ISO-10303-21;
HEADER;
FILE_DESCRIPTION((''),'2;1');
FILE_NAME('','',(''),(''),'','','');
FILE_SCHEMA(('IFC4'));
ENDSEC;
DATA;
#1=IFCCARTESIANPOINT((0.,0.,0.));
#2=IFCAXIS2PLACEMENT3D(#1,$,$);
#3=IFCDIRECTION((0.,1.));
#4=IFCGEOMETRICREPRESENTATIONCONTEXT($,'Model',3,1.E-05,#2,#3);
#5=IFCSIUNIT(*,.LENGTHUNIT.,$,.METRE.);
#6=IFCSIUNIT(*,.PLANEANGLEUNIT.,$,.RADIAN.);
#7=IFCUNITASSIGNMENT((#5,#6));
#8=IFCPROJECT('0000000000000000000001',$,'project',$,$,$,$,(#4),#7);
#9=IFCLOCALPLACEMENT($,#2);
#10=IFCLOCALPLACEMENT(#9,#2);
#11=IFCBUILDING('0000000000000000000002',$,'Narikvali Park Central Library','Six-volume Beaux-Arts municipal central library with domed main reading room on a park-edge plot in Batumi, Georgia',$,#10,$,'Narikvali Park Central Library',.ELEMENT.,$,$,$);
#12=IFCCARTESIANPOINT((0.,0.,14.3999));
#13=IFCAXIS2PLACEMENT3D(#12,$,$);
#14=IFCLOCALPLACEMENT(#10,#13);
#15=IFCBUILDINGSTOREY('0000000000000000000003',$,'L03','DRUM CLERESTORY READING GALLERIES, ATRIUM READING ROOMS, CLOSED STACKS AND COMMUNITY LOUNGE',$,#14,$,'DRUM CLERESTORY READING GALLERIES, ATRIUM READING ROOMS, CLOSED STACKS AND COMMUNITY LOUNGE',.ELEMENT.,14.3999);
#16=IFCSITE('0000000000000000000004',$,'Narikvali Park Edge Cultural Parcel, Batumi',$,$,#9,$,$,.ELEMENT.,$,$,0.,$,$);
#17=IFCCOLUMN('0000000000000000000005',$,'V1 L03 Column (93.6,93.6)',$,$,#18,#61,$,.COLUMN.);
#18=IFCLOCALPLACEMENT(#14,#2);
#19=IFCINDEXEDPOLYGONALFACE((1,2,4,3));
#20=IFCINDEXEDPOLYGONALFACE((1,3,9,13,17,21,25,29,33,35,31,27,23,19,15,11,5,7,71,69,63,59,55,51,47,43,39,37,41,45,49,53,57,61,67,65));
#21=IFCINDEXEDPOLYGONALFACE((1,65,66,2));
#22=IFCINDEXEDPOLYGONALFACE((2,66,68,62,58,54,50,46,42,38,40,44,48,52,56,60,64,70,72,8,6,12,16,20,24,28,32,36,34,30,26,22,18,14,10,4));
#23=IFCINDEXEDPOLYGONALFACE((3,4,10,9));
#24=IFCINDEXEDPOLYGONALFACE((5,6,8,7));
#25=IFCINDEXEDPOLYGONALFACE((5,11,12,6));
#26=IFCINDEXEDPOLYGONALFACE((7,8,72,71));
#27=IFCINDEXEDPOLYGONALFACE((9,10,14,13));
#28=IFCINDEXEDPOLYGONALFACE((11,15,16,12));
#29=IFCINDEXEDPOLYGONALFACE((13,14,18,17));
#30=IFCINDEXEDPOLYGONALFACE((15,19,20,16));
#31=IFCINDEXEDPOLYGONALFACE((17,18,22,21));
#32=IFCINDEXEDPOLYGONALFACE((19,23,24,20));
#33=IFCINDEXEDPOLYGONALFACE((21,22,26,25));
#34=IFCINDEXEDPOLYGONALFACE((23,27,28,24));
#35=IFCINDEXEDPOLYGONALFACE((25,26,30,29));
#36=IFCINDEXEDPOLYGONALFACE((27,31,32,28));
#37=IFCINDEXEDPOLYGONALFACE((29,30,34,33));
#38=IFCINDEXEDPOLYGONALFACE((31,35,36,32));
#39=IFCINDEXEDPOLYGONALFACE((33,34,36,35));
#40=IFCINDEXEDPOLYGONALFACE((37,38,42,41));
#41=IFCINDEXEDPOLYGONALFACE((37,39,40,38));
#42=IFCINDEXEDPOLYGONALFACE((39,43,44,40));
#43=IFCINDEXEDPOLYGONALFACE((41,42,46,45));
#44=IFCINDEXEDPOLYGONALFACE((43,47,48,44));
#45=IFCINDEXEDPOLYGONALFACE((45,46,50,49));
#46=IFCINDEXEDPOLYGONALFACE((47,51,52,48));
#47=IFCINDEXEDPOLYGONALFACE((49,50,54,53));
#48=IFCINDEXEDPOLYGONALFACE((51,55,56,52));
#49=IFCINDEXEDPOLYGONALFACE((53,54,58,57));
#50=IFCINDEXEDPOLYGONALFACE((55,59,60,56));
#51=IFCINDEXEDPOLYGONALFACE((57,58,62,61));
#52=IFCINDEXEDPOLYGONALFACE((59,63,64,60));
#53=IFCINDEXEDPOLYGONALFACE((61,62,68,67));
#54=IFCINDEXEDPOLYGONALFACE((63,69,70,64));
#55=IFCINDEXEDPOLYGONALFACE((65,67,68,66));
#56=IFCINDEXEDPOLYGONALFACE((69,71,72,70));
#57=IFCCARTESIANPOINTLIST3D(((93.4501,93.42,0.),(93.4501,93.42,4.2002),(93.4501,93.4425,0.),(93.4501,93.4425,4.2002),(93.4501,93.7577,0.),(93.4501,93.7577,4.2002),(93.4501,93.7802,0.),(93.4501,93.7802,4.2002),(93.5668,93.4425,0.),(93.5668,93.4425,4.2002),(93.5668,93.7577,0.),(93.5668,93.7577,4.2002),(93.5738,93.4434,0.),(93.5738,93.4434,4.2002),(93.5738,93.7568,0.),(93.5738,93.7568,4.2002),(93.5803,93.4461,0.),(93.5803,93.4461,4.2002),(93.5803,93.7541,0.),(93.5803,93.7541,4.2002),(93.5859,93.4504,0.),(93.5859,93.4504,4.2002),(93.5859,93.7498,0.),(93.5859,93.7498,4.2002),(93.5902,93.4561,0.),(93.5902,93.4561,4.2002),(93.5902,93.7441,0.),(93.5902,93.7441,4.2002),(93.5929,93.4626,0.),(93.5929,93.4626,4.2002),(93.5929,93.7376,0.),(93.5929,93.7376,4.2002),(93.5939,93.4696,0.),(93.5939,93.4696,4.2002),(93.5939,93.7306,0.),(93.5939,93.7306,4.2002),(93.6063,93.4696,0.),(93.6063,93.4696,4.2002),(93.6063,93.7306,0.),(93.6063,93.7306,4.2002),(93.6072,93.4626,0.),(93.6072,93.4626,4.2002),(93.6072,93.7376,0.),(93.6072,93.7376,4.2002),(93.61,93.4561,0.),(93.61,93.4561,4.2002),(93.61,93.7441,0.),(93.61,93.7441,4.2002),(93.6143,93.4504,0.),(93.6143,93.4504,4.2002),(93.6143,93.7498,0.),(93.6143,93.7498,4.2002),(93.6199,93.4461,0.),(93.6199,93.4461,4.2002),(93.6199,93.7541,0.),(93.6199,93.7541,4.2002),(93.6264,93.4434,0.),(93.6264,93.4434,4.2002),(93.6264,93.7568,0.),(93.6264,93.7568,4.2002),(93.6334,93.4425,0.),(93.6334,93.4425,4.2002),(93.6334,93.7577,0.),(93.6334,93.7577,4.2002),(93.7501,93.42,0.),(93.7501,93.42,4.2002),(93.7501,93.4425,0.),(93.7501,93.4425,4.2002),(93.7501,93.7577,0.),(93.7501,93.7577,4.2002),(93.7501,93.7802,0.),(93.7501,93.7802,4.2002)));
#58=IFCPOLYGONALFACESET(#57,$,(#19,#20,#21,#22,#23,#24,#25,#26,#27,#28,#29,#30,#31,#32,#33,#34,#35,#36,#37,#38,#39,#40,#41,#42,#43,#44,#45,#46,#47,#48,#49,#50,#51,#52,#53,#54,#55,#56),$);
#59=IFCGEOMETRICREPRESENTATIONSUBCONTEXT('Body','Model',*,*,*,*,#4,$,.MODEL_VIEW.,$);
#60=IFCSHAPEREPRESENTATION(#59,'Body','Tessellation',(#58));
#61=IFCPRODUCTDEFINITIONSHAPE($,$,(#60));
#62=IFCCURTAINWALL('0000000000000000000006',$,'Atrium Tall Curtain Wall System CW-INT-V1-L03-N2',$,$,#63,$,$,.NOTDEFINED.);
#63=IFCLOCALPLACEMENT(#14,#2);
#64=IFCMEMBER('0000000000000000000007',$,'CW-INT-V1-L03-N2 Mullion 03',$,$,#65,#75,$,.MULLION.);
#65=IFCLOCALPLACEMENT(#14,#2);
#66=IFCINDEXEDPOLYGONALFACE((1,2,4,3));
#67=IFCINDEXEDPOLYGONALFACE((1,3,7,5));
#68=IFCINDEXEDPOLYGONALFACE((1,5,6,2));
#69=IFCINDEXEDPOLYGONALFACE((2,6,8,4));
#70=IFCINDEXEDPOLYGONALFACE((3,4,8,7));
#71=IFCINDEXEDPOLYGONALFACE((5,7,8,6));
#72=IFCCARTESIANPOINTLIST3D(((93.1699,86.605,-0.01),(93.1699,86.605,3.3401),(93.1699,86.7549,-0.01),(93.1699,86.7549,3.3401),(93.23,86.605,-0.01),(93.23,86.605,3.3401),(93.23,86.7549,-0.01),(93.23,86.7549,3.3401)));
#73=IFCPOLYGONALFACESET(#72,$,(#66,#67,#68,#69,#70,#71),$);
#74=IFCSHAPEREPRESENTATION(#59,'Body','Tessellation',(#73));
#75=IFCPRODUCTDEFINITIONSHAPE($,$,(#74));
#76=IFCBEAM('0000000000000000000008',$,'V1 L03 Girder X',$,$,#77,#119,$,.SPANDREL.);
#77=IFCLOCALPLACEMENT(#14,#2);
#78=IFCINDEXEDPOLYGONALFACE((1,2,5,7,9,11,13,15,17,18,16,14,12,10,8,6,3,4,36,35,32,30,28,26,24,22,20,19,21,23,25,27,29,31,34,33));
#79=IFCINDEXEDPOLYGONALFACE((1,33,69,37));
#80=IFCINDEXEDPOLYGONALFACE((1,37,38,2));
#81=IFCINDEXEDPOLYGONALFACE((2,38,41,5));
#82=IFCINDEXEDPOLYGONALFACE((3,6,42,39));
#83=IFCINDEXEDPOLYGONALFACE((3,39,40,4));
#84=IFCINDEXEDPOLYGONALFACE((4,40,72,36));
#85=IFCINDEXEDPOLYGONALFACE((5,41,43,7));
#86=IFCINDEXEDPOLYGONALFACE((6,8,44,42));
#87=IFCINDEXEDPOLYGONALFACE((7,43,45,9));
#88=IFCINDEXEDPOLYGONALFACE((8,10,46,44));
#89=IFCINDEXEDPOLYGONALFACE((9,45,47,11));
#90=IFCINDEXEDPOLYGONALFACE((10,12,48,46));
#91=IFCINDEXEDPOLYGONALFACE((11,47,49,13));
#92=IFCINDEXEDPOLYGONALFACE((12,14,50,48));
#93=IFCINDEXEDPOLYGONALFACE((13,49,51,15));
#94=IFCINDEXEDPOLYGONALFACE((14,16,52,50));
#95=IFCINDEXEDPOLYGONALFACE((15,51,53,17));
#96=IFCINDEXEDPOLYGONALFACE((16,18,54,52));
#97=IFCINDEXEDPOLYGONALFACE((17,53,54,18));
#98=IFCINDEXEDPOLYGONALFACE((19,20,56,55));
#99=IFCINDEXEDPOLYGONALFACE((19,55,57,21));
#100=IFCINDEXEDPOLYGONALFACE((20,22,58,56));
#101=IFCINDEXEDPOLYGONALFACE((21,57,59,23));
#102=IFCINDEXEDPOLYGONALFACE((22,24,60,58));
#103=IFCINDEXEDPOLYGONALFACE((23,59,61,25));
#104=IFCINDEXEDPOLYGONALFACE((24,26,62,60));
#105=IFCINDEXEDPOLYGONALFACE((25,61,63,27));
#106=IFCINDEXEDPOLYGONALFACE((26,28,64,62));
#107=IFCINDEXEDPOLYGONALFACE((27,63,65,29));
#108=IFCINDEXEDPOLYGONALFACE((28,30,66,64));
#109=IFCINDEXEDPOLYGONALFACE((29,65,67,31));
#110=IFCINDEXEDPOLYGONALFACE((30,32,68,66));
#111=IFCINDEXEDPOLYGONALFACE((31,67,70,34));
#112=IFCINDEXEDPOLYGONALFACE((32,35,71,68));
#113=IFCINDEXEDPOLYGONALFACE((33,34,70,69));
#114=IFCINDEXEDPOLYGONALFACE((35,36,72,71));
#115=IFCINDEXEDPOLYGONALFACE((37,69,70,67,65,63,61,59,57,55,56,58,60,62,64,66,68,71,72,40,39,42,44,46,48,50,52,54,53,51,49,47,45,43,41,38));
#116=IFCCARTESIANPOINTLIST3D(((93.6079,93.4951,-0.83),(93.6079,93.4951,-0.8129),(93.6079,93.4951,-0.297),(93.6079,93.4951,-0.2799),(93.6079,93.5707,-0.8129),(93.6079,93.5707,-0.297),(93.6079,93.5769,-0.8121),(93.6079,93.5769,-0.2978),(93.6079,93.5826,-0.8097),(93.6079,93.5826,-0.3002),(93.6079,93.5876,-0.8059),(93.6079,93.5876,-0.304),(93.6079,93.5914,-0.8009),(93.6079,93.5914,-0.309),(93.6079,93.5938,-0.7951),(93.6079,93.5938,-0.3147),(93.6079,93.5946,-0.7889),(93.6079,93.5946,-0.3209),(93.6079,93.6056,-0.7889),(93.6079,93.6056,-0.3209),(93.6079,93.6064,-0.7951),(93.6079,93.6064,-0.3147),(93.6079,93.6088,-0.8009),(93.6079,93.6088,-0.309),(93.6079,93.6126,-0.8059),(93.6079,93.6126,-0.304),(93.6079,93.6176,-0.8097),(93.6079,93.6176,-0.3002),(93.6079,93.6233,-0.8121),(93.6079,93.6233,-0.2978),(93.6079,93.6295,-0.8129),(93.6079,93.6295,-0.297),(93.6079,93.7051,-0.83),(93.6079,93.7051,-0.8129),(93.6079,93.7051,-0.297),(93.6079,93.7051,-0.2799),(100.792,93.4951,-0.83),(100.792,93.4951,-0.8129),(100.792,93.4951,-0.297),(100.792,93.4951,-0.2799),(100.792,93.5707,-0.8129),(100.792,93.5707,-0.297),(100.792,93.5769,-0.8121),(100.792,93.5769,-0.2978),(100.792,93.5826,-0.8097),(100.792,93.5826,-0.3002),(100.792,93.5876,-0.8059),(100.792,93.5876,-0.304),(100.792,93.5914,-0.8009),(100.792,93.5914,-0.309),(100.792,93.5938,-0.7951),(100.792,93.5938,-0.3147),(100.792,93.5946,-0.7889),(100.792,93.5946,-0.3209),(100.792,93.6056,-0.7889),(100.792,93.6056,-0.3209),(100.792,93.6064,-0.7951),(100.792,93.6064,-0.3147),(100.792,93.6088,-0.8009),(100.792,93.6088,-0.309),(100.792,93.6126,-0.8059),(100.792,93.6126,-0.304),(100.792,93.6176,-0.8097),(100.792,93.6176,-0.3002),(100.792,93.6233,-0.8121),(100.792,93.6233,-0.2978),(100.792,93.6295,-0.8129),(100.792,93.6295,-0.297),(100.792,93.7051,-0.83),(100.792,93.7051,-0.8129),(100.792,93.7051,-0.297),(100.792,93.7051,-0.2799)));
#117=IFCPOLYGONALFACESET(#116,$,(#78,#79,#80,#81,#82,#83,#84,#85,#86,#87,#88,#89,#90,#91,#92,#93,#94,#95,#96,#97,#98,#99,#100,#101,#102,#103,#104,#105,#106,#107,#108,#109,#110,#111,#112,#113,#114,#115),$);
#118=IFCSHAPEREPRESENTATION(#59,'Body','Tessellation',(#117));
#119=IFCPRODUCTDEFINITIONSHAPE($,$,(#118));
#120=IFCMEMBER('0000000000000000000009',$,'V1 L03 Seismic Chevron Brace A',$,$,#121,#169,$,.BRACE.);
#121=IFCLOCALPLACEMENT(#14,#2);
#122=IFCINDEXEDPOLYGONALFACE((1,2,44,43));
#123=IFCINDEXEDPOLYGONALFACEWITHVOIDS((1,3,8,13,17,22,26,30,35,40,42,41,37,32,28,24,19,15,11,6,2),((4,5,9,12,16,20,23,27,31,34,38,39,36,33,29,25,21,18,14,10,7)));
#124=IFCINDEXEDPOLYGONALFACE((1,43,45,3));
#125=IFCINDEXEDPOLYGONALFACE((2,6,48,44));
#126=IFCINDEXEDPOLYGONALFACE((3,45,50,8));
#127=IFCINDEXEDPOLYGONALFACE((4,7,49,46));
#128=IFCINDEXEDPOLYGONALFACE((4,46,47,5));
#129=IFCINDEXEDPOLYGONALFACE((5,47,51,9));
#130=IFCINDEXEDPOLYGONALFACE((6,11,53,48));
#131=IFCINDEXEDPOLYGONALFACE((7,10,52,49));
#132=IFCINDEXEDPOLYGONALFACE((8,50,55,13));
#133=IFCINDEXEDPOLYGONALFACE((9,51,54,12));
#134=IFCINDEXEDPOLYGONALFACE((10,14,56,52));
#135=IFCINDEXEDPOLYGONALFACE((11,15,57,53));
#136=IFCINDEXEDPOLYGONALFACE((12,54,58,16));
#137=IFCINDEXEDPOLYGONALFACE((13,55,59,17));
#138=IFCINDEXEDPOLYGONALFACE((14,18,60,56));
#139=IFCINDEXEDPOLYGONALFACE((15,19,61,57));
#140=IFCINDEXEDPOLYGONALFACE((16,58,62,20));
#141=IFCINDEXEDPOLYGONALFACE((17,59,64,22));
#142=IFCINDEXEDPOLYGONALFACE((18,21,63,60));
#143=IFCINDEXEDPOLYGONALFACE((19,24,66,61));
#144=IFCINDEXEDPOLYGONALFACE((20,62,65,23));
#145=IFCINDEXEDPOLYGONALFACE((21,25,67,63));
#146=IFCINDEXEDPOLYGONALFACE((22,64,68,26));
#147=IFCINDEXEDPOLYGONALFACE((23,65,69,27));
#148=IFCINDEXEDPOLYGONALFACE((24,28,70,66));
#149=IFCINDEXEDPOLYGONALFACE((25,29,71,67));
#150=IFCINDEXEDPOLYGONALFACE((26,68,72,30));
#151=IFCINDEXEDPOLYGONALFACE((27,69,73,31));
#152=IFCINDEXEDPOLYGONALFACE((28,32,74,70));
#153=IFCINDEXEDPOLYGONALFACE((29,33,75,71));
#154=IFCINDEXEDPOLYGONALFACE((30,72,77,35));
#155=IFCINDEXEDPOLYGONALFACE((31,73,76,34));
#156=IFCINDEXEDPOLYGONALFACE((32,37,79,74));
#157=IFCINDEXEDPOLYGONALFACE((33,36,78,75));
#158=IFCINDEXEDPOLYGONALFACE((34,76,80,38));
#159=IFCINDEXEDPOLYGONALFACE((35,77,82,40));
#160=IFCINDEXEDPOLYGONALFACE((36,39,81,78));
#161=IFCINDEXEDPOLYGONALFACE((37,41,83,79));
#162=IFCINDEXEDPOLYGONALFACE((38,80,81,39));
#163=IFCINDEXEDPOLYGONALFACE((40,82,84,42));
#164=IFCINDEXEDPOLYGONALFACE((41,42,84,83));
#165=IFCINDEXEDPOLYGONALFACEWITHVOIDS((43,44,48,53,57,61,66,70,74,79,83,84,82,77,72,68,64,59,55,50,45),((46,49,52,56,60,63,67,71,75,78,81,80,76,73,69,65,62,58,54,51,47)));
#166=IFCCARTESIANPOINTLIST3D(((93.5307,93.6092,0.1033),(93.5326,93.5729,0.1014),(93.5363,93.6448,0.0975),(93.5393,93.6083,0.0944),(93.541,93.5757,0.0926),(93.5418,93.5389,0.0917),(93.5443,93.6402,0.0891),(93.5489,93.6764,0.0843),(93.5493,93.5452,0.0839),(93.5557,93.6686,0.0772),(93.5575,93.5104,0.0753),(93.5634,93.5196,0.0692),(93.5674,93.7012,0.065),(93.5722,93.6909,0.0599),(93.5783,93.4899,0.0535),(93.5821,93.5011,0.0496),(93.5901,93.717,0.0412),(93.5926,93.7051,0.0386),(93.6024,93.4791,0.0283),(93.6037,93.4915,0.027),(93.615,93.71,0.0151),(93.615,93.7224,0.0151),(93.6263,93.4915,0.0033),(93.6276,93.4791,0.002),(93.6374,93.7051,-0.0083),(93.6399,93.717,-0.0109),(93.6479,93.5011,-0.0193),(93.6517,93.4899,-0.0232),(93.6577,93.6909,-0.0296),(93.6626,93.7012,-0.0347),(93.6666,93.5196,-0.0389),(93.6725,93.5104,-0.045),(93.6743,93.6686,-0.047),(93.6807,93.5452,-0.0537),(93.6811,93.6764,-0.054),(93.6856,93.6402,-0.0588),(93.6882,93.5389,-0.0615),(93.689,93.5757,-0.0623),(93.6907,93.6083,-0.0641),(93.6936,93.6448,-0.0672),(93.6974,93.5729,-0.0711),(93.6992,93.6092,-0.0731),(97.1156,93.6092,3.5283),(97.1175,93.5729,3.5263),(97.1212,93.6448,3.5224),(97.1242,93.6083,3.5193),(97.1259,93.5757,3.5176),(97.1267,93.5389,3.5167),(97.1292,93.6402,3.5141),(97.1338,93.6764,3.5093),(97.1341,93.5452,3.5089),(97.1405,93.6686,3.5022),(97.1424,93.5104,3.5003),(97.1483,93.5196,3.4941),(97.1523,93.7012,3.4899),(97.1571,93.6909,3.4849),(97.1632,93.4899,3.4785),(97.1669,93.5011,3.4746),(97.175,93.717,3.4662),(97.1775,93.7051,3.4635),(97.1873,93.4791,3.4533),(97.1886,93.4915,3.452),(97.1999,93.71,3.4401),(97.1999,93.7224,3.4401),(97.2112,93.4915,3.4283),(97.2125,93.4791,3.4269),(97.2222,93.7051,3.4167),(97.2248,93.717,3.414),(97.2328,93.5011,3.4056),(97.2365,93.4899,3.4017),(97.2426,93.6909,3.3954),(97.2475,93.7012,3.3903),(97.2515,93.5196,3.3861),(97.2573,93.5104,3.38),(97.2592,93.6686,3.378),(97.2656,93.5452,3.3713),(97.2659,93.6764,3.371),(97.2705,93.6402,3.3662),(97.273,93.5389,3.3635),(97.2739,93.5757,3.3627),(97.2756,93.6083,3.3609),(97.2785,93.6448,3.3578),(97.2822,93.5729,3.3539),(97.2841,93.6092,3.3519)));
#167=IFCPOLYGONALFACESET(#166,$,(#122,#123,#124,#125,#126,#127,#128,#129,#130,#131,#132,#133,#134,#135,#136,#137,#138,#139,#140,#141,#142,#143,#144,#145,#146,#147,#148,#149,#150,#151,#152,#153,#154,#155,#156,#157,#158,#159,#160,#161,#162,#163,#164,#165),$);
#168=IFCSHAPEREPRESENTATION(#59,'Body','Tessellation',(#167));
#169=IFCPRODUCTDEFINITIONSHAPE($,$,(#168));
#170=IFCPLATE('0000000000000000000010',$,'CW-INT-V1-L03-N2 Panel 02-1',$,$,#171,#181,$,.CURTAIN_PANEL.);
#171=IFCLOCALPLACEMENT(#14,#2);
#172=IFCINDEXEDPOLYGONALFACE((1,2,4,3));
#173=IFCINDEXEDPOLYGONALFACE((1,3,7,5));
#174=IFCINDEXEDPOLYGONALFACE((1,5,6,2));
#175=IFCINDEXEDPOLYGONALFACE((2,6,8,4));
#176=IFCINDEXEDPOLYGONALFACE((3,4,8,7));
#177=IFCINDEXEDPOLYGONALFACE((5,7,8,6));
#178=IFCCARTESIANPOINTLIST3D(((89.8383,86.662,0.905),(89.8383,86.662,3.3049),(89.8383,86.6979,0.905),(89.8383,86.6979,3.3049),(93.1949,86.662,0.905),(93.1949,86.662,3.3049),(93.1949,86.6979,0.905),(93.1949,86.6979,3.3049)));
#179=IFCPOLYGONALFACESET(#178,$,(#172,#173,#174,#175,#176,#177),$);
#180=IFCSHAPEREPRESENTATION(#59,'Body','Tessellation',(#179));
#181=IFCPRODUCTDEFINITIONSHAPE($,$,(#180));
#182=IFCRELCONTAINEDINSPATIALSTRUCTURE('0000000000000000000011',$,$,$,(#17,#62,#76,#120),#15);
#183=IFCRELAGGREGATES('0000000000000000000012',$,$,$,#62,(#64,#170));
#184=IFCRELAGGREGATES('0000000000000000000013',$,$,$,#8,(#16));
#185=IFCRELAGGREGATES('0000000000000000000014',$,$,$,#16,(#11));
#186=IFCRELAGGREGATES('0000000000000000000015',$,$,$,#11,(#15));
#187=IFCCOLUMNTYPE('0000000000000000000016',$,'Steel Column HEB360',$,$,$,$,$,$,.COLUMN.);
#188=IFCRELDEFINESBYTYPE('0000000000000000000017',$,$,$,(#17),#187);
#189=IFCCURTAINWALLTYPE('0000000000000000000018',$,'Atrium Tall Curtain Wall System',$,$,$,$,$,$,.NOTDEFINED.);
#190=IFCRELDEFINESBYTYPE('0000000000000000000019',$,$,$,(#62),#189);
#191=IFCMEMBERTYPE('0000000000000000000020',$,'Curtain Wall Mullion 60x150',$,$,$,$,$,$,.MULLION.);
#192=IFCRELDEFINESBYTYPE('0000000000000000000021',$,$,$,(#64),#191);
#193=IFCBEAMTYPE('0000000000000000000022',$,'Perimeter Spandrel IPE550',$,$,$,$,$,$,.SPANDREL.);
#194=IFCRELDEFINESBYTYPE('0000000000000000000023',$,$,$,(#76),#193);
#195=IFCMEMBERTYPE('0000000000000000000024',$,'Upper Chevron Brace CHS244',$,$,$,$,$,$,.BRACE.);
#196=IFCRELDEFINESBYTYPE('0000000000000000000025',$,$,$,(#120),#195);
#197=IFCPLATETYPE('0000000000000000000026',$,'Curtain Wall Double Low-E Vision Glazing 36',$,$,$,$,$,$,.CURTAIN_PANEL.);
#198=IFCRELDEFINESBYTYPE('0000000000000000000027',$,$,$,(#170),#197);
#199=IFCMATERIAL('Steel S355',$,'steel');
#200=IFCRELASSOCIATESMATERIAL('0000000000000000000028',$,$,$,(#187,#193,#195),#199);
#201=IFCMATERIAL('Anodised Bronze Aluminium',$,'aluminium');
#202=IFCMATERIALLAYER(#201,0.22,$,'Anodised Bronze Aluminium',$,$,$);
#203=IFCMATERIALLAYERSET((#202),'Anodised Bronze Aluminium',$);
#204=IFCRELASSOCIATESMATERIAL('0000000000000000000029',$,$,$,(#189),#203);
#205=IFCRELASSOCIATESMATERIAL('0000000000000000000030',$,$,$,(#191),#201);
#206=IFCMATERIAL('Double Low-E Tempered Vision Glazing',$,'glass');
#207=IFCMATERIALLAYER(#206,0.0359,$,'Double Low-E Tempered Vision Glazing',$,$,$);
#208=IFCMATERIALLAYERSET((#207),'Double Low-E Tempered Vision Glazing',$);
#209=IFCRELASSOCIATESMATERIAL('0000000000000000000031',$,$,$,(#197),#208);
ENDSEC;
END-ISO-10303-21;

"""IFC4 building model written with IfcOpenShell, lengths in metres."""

from ifc_helpers import new_model, si_unit, direction, frame, origin, origin_2d, place, context, subcontext, project, spatial, rectangle, hollow_circle, i_section, extrude, material, layer, layer_set, material_profile, profile_set, type_object, element, aggregate, save


model = new_model("IFC4")

# Units and contexts
model_context = context("Model", 3, precision=1e-05, world=origin(), true_north=direction((0.0, 1.0)))
body_context = subcontext(model_context, "Body", "Model", "MODEL_VIEW")
ifc_project = project(units=[si_unit("LENGTHUNIT", "METRE"), si_unit("PLANEANGLEUNIT", "RADIAN")], contexts=[model_context])

# Site, building, storey
site_placement = place(None, origin())
site = spatial("IfcSite", under=ifc_project, at=site_placement, Name="Narikvali Park Edge Cultural Parcel, Batumi", CompositionType="ELEMENT", RefElevation=0.0)
building_placement = place(site_placement, origin())
building = spatial("IfcBuilding", under=site, at=building_placement, Name="Narikvali Park Central Library", Description="Six-volume Beaux-Arts municipal central library with domed main reading room on a park-edge plot in Batumi, Georgia", LongName="Narikvali Park Central Library", CompositionType="ELEMENT")
storey_placement = place(building_placement, frame((0.0, 0.0, 14.3999)))
storey = spatial("IfcBuildingStorey", under=building, at=storey_placement, Name="L03", Description="DRUM CLERESTORY READING GALLERIES, ATRIUM READING ROOMS, CLOSED STACKS AND COMMUNITY LOUNGE", LongName="DRUM CLERESTORY READING GALLERIES, ATRIUM READING ROOMS, CLOSED STACKS AND COMMUNITY LOUNGE", CompositionType="ELEMENT", Elevation=14.3999)

# Column
ifc_material_1 = material(Name="Steel S355", Category="steel")
ifc_material_profile_1 = material_profile(ifc_material_1, i_section(OverallWidth=0.3, OverallDepth=0.3601, WebThickness=0.0125, FlangeThickness=0.0225, FilletRadius=0.0271, at=origin_2d()), Name="HEB 360")
ifc_profile_set_1 = profile_set([ifc_material_profile_1], Name="Steel S355")
column_type = type_object("IfcColumnType", Name="Steel Column HEB360", PredefinedType="COLUMN", material=ifc_profile_set_1)
column_placement = place(storey_placement, frame((93.6001, 93.6001, 0.0), z_axis=(0.0, 0.0, 1.0), x_axis=(1.0, 0.0, 0.0)))
element("IfcColumn", 1, at=column_placement, inside=storey, type_object=column_type, Name="V1 L03 Column (93.6,93.6)", PredefinedType="COLUMN", context=body_context, shape_type="SweptSolid", body=[
    extrude(i_section(OverallWidth=0.3, OverallDepth=0.3601, WebThickness=0.0125, FlangeThickness=0.0225, FilletRadius=0.0271, at=origin_2d()), origin(), (0.0, 0.0, 1.0), 4.2002),
])

# Curtain wall, member
ifc_material_2 = material(Name="Anodised Bronze Aluminium", Category="aluminium")
ifc_layer_1 = layer(ifc_material_2, 0.22, Name="Anodised Bronze Aluminium")
ifc_layer_set_1 = layer_set([ifc_layer_1], Name="Anodised Bronze Aluminium")
curtain_wall_type = type_object("IfcCurtainWallType", Name="Atrium Tall Curtain Wall System", PredefinedType="NOTDEFINED", material=ifc_layer_set_1)
curtain_wall_placement = place(storey_placement, origin())
curtain_wall = element("IfcCurtainWall", 2, at=curtain_wall_placement, inside=storey, type_object=curtain_wall_type, Name="Atrium Tall Curtain Wall System CW-INT-V1-L03-N2", PredefinedType="NOTDEFINED")
ifc_material_profile_2 = material_profile(ifc_material_2, rectangle(XDim=0.0601, YDim=0.1499, at=origin_2d()), Name="CW MULLION 60x150")
ifc_profile_set_2 = profile_set([ifc_material_profile_2], Name="Anodised Bronze Aluminium")
member_type_1 = type_object("IfcMemberType", Name="Curtain Wall Mullion 60x150", PredefinedType="MULLION", material=ifc_profile_set_2)
member_1_placement = place(storey_placement, frame((93.2, 86.6799, -0.01), z_axis=(0.0, 0.0, 1.0), x_axis=(1.0, 0.0, 0.0)))
member_1 = element("IfcMember", 3, at=member_1_placement, type_object=member_type_1, Name="CW-INT-V1-L03-N2 Mullion 03", PredefinedType="MULLION", context=body_context, shape_type="SweptSolid", body=[
    extrude(rectangle(XDim=0.0601, YDim=0.1499, at=origin_2d()), origin(), (0.0, 0.0, 1.0), 3.3501),
])

# Beam
ifc_material_profile_3 = material_profile(ifc_material_1, i_section(OverallWidth=0.21, OverallDepth=0.55, WebThickness=0.011, FlangeThickness=0.0171, FilletRadius=0.0239, at=origin_2d()), Name="IPE 550")
ifc_profile_set_3 = profile_set([ifc_material_profile_3], Name="Steel S355")
beam_type = type_object("IfcBeamType", Name="Perimeter Spandrel IPE550", PredefinedType="SPANDREL", material=ifc_profile_set_3)
beam_placement = place(storey_placement, frame((93.6079, 93.6001, -0.5549), z_axis=(1.0, 0.0, 0.0), x_axis=(0.0, 1.0, 0.0)))
element("IfcBeam", 4, at=beam_placement, inside=storey, type_object=beam_type, Name="V1 L03 Girder X", PredefinedType="SPANDREL", context=body_context, shape_type="SweptSolid", body=[
    extrude(i_section(OverallWidth=0.21, OverallDepth=0.55, WebThickness=0.011, FlangeThickness=0.0171, FilletRadius=0.0239, at=origin_2d()), origin(), (0.0, 0.0, 1.0), 7.1841),
])

# Member
ifc_material_profile_4 = material_profile(ifc_material_1, hollow_circle(Radius=0.1223, WallThickness=0.0125, at=origin_2d()), Name="CHS 244.5x12.5")
ifc_profile_set_4 = profile_set([ifc_material_profile_4], Name="Steel S355")
member_type_2 = type_object("IfcMemberType", Name="Upper Chevron Brace CHS244", PredefinedType="BRACE", material=ifc_profile_set_4)
member_2_placement = place(storey_placement, frame((93.615, 93.6001, 0.0151), z_axis=(0.723049, 0.0, 0.690797), x_axis=(0.0, 1.0, 0.0)))
element("IfcMember", 5, at=member_2_placement, inside=storey, type_object=member_type_2, Name="V1 L03 Seismic Chevron Brace A", PredefinedType="BRACE", context=body_context, shape_type="SweptSolid", body=[
    extrude(hollow_circle(Radius=0.1223, WallThickness=0.0125, at=origin_2d()), origin(), (0.0, 0.0, 1.0), 4.958),
])

# Plate
ifc_material_3 = material(Name="Double Low-E Tempered Vision Glazing", Category="glass")
ifc_layer_2 = layer(ifc_material_3, 0.0359, Name="Double Low-E Tempered Vision Glazing")
ifc_layer_set_2 = layer_set([ifc_layer_2], Name="Double Low-E Tempered Vision Glazing")
plate_type_1 = type_object("IfcPlateType", Name="Curtain Wall Double Low-E Vision Glazing 36", PredefinedType="CURTAIN_PANEL", material=ifc_layer_set_2)
plate_1_placement = place(storey_placement, frame((91.5166, 86.6799, 0.905), z_axis=(0.0, 0.0, 1.0), x_axis=(1.0, 0.0, 0.0)))
plate_1 = element("IfcPlate", 6, at=plate_1_placement, type_object=plate_type_1, Name="CW-INT-V1-L03-N2 Panel 02-1", PredefinedType="CURTAIN_PANEL", context=body_context, shape_type="SweptSolid", body=[
    extrude(rectangle(XDim=3.3567, YDim=0.0359, at=origin_2d()), origin(), (0.0, 0.0, 1.0), 2.3999),
])
aggregate(curtain_wall, [member_1, plate_1])

save(model, "model.ifc")
